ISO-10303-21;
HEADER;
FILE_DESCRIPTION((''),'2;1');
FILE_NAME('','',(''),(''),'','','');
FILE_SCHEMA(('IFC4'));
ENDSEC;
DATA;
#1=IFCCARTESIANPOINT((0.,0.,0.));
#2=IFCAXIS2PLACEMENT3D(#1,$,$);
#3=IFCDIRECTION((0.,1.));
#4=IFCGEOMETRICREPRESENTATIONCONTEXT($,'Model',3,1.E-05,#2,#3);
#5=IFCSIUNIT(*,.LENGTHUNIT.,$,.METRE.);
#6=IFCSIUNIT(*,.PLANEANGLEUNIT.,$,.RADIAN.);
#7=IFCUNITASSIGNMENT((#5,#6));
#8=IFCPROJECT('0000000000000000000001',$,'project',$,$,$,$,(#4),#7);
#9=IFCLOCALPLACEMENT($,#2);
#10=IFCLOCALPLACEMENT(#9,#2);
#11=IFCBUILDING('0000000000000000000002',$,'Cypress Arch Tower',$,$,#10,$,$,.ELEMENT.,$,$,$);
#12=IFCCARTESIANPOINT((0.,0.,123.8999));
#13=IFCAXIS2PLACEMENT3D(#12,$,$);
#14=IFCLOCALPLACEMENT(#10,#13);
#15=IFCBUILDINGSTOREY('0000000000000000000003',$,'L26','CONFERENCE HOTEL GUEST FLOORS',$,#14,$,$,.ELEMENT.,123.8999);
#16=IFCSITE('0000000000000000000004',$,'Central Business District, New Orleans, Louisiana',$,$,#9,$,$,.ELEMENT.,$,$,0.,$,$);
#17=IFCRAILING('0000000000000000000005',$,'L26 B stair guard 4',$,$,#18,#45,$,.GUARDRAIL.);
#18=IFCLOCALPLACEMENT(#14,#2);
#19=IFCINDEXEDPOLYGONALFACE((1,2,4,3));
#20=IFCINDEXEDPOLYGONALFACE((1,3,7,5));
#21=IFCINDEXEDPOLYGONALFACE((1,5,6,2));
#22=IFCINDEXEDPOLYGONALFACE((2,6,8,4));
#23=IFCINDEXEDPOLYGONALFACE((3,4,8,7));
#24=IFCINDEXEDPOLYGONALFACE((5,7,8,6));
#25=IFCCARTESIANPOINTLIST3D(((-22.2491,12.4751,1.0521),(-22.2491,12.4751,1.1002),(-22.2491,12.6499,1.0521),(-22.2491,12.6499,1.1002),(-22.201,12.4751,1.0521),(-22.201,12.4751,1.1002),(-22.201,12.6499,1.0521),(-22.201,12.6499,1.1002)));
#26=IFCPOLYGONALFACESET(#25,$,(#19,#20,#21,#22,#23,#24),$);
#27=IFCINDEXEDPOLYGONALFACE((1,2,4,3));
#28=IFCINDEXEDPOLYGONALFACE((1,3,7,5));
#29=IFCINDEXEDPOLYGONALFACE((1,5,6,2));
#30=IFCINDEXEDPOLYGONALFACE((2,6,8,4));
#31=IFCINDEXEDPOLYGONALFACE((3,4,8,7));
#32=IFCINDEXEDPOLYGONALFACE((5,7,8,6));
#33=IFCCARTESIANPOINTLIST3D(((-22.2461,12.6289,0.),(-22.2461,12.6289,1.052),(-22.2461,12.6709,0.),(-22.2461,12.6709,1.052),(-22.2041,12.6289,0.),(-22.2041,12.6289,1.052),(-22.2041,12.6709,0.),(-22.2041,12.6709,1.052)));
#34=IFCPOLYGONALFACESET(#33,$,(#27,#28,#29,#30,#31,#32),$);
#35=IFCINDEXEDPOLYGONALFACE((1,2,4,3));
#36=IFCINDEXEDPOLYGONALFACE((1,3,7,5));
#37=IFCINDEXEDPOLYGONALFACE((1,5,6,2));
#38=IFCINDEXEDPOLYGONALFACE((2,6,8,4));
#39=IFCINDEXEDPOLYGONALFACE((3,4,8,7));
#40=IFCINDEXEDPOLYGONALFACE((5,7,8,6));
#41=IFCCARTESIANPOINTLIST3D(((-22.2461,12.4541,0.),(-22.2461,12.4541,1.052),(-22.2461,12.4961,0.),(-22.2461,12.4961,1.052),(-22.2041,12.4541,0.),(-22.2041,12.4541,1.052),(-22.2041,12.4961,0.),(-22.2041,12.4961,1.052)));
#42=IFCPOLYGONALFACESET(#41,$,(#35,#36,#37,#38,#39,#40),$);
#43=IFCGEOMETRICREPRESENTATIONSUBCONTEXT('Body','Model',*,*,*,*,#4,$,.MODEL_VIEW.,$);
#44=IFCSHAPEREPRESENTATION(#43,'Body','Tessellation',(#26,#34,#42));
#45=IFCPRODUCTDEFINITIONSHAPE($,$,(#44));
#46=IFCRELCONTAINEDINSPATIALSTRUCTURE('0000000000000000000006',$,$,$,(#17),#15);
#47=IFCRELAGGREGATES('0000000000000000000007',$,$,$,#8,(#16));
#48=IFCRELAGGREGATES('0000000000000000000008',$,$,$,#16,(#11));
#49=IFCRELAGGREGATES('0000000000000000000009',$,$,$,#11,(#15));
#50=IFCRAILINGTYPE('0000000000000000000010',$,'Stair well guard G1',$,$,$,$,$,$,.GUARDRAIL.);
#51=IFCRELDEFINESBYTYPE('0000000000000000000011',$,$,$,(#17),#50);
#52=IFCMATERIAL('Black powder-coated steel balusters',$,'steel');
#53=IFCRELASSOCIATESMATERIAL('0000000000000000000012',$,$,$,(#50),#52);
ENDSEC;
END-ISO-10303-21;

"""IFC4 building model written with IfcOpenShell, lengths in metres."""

from ifc_helpers import new_model, si_unit, direction, frame, origin, origin_2d, place, context, subcontext, project, spatial, rectangle, extrude, material, type_object, element, save


model = new_model("IFC4")

# Units and contexts
model_context = context("Model", 3, precision=1e-05, world=origin(), true_north=direction((0.0, 1.0)))
body_context = subcontext(model_context, "Body", "Model", "MODEL_VIEW")
ifc_project = project(units=[si_unit("LENGTHUNIT", "METRE"), si_unit("PLANEANGLEUNIT", "RADIAN")], contexts=[model_context])

# Site, building, storey
site_placement = place(None, origin())
site = spatial("IfcSite", under=ifc_project, at=site_placement, Name="Central Business District, New Orleans, Louisiana", CompositionType="ELEMENT", RefElevation=0.0)
building_placement = place(site_placement, origin())
building = spatial("IfcBuilding", under=site, at=building_placement, Name="Cypress Arch Tower", CompositionType="ELEMENT")
storey_placement = place(building_placement, frame((0.0, 0.0, 123.8999)))
storey = spatial("IfcBuildingStorey", under=building, at=storey_placement, Name="L26", Description="CONFERENCE HOTEL GUEST FLOORS", CompositionType="ELEMENT", Elevation=123.8999)

# Railing
ifc_material_1 = material(Name="Black powder-coated steel balusters", Category="steel")
railing_type_1 = type_object("IfcRailingType", Name="Stair well guard G1", PredefinedType="GUARDRAIL", material=ifc_material_1)
railing_1_placement = place(storey_placement, frame((-22.2251, 12.6499, 0.0)))
element("IfcRailing", 1, at=railing_1_placement, inside=storey, type_object=railing_type_1, Name="L26 B stair guard 4", PredefinedType="GUARDRAIL", context=body_context, shape_type="SweptSolid", body=[
    extrude(rectangle(XDim=0.0481, YDim=0.0481, at=origin_2d()), frame((0.0, 0.0, 1.0762), z_axis=(0.0, -1.0, 0.0), x_axis=(1.0, 0.0, 0.0)), (0.0, 0.0, 1.0), 0.1748),
    extrude(rectangle(XDim=0.042, YDim=0.042, at=origin_2d()), origin(), (0.0, 0.0, 1.0), 1.052),
    extrude(rectangle(XDim=0.042, YDim=0.042, at=origin_2d()), frame((0.0, -0.1748, 0.0)), (0.0, 0.0, 1.0), 1.052),
])

save(model, "model.ifc")
